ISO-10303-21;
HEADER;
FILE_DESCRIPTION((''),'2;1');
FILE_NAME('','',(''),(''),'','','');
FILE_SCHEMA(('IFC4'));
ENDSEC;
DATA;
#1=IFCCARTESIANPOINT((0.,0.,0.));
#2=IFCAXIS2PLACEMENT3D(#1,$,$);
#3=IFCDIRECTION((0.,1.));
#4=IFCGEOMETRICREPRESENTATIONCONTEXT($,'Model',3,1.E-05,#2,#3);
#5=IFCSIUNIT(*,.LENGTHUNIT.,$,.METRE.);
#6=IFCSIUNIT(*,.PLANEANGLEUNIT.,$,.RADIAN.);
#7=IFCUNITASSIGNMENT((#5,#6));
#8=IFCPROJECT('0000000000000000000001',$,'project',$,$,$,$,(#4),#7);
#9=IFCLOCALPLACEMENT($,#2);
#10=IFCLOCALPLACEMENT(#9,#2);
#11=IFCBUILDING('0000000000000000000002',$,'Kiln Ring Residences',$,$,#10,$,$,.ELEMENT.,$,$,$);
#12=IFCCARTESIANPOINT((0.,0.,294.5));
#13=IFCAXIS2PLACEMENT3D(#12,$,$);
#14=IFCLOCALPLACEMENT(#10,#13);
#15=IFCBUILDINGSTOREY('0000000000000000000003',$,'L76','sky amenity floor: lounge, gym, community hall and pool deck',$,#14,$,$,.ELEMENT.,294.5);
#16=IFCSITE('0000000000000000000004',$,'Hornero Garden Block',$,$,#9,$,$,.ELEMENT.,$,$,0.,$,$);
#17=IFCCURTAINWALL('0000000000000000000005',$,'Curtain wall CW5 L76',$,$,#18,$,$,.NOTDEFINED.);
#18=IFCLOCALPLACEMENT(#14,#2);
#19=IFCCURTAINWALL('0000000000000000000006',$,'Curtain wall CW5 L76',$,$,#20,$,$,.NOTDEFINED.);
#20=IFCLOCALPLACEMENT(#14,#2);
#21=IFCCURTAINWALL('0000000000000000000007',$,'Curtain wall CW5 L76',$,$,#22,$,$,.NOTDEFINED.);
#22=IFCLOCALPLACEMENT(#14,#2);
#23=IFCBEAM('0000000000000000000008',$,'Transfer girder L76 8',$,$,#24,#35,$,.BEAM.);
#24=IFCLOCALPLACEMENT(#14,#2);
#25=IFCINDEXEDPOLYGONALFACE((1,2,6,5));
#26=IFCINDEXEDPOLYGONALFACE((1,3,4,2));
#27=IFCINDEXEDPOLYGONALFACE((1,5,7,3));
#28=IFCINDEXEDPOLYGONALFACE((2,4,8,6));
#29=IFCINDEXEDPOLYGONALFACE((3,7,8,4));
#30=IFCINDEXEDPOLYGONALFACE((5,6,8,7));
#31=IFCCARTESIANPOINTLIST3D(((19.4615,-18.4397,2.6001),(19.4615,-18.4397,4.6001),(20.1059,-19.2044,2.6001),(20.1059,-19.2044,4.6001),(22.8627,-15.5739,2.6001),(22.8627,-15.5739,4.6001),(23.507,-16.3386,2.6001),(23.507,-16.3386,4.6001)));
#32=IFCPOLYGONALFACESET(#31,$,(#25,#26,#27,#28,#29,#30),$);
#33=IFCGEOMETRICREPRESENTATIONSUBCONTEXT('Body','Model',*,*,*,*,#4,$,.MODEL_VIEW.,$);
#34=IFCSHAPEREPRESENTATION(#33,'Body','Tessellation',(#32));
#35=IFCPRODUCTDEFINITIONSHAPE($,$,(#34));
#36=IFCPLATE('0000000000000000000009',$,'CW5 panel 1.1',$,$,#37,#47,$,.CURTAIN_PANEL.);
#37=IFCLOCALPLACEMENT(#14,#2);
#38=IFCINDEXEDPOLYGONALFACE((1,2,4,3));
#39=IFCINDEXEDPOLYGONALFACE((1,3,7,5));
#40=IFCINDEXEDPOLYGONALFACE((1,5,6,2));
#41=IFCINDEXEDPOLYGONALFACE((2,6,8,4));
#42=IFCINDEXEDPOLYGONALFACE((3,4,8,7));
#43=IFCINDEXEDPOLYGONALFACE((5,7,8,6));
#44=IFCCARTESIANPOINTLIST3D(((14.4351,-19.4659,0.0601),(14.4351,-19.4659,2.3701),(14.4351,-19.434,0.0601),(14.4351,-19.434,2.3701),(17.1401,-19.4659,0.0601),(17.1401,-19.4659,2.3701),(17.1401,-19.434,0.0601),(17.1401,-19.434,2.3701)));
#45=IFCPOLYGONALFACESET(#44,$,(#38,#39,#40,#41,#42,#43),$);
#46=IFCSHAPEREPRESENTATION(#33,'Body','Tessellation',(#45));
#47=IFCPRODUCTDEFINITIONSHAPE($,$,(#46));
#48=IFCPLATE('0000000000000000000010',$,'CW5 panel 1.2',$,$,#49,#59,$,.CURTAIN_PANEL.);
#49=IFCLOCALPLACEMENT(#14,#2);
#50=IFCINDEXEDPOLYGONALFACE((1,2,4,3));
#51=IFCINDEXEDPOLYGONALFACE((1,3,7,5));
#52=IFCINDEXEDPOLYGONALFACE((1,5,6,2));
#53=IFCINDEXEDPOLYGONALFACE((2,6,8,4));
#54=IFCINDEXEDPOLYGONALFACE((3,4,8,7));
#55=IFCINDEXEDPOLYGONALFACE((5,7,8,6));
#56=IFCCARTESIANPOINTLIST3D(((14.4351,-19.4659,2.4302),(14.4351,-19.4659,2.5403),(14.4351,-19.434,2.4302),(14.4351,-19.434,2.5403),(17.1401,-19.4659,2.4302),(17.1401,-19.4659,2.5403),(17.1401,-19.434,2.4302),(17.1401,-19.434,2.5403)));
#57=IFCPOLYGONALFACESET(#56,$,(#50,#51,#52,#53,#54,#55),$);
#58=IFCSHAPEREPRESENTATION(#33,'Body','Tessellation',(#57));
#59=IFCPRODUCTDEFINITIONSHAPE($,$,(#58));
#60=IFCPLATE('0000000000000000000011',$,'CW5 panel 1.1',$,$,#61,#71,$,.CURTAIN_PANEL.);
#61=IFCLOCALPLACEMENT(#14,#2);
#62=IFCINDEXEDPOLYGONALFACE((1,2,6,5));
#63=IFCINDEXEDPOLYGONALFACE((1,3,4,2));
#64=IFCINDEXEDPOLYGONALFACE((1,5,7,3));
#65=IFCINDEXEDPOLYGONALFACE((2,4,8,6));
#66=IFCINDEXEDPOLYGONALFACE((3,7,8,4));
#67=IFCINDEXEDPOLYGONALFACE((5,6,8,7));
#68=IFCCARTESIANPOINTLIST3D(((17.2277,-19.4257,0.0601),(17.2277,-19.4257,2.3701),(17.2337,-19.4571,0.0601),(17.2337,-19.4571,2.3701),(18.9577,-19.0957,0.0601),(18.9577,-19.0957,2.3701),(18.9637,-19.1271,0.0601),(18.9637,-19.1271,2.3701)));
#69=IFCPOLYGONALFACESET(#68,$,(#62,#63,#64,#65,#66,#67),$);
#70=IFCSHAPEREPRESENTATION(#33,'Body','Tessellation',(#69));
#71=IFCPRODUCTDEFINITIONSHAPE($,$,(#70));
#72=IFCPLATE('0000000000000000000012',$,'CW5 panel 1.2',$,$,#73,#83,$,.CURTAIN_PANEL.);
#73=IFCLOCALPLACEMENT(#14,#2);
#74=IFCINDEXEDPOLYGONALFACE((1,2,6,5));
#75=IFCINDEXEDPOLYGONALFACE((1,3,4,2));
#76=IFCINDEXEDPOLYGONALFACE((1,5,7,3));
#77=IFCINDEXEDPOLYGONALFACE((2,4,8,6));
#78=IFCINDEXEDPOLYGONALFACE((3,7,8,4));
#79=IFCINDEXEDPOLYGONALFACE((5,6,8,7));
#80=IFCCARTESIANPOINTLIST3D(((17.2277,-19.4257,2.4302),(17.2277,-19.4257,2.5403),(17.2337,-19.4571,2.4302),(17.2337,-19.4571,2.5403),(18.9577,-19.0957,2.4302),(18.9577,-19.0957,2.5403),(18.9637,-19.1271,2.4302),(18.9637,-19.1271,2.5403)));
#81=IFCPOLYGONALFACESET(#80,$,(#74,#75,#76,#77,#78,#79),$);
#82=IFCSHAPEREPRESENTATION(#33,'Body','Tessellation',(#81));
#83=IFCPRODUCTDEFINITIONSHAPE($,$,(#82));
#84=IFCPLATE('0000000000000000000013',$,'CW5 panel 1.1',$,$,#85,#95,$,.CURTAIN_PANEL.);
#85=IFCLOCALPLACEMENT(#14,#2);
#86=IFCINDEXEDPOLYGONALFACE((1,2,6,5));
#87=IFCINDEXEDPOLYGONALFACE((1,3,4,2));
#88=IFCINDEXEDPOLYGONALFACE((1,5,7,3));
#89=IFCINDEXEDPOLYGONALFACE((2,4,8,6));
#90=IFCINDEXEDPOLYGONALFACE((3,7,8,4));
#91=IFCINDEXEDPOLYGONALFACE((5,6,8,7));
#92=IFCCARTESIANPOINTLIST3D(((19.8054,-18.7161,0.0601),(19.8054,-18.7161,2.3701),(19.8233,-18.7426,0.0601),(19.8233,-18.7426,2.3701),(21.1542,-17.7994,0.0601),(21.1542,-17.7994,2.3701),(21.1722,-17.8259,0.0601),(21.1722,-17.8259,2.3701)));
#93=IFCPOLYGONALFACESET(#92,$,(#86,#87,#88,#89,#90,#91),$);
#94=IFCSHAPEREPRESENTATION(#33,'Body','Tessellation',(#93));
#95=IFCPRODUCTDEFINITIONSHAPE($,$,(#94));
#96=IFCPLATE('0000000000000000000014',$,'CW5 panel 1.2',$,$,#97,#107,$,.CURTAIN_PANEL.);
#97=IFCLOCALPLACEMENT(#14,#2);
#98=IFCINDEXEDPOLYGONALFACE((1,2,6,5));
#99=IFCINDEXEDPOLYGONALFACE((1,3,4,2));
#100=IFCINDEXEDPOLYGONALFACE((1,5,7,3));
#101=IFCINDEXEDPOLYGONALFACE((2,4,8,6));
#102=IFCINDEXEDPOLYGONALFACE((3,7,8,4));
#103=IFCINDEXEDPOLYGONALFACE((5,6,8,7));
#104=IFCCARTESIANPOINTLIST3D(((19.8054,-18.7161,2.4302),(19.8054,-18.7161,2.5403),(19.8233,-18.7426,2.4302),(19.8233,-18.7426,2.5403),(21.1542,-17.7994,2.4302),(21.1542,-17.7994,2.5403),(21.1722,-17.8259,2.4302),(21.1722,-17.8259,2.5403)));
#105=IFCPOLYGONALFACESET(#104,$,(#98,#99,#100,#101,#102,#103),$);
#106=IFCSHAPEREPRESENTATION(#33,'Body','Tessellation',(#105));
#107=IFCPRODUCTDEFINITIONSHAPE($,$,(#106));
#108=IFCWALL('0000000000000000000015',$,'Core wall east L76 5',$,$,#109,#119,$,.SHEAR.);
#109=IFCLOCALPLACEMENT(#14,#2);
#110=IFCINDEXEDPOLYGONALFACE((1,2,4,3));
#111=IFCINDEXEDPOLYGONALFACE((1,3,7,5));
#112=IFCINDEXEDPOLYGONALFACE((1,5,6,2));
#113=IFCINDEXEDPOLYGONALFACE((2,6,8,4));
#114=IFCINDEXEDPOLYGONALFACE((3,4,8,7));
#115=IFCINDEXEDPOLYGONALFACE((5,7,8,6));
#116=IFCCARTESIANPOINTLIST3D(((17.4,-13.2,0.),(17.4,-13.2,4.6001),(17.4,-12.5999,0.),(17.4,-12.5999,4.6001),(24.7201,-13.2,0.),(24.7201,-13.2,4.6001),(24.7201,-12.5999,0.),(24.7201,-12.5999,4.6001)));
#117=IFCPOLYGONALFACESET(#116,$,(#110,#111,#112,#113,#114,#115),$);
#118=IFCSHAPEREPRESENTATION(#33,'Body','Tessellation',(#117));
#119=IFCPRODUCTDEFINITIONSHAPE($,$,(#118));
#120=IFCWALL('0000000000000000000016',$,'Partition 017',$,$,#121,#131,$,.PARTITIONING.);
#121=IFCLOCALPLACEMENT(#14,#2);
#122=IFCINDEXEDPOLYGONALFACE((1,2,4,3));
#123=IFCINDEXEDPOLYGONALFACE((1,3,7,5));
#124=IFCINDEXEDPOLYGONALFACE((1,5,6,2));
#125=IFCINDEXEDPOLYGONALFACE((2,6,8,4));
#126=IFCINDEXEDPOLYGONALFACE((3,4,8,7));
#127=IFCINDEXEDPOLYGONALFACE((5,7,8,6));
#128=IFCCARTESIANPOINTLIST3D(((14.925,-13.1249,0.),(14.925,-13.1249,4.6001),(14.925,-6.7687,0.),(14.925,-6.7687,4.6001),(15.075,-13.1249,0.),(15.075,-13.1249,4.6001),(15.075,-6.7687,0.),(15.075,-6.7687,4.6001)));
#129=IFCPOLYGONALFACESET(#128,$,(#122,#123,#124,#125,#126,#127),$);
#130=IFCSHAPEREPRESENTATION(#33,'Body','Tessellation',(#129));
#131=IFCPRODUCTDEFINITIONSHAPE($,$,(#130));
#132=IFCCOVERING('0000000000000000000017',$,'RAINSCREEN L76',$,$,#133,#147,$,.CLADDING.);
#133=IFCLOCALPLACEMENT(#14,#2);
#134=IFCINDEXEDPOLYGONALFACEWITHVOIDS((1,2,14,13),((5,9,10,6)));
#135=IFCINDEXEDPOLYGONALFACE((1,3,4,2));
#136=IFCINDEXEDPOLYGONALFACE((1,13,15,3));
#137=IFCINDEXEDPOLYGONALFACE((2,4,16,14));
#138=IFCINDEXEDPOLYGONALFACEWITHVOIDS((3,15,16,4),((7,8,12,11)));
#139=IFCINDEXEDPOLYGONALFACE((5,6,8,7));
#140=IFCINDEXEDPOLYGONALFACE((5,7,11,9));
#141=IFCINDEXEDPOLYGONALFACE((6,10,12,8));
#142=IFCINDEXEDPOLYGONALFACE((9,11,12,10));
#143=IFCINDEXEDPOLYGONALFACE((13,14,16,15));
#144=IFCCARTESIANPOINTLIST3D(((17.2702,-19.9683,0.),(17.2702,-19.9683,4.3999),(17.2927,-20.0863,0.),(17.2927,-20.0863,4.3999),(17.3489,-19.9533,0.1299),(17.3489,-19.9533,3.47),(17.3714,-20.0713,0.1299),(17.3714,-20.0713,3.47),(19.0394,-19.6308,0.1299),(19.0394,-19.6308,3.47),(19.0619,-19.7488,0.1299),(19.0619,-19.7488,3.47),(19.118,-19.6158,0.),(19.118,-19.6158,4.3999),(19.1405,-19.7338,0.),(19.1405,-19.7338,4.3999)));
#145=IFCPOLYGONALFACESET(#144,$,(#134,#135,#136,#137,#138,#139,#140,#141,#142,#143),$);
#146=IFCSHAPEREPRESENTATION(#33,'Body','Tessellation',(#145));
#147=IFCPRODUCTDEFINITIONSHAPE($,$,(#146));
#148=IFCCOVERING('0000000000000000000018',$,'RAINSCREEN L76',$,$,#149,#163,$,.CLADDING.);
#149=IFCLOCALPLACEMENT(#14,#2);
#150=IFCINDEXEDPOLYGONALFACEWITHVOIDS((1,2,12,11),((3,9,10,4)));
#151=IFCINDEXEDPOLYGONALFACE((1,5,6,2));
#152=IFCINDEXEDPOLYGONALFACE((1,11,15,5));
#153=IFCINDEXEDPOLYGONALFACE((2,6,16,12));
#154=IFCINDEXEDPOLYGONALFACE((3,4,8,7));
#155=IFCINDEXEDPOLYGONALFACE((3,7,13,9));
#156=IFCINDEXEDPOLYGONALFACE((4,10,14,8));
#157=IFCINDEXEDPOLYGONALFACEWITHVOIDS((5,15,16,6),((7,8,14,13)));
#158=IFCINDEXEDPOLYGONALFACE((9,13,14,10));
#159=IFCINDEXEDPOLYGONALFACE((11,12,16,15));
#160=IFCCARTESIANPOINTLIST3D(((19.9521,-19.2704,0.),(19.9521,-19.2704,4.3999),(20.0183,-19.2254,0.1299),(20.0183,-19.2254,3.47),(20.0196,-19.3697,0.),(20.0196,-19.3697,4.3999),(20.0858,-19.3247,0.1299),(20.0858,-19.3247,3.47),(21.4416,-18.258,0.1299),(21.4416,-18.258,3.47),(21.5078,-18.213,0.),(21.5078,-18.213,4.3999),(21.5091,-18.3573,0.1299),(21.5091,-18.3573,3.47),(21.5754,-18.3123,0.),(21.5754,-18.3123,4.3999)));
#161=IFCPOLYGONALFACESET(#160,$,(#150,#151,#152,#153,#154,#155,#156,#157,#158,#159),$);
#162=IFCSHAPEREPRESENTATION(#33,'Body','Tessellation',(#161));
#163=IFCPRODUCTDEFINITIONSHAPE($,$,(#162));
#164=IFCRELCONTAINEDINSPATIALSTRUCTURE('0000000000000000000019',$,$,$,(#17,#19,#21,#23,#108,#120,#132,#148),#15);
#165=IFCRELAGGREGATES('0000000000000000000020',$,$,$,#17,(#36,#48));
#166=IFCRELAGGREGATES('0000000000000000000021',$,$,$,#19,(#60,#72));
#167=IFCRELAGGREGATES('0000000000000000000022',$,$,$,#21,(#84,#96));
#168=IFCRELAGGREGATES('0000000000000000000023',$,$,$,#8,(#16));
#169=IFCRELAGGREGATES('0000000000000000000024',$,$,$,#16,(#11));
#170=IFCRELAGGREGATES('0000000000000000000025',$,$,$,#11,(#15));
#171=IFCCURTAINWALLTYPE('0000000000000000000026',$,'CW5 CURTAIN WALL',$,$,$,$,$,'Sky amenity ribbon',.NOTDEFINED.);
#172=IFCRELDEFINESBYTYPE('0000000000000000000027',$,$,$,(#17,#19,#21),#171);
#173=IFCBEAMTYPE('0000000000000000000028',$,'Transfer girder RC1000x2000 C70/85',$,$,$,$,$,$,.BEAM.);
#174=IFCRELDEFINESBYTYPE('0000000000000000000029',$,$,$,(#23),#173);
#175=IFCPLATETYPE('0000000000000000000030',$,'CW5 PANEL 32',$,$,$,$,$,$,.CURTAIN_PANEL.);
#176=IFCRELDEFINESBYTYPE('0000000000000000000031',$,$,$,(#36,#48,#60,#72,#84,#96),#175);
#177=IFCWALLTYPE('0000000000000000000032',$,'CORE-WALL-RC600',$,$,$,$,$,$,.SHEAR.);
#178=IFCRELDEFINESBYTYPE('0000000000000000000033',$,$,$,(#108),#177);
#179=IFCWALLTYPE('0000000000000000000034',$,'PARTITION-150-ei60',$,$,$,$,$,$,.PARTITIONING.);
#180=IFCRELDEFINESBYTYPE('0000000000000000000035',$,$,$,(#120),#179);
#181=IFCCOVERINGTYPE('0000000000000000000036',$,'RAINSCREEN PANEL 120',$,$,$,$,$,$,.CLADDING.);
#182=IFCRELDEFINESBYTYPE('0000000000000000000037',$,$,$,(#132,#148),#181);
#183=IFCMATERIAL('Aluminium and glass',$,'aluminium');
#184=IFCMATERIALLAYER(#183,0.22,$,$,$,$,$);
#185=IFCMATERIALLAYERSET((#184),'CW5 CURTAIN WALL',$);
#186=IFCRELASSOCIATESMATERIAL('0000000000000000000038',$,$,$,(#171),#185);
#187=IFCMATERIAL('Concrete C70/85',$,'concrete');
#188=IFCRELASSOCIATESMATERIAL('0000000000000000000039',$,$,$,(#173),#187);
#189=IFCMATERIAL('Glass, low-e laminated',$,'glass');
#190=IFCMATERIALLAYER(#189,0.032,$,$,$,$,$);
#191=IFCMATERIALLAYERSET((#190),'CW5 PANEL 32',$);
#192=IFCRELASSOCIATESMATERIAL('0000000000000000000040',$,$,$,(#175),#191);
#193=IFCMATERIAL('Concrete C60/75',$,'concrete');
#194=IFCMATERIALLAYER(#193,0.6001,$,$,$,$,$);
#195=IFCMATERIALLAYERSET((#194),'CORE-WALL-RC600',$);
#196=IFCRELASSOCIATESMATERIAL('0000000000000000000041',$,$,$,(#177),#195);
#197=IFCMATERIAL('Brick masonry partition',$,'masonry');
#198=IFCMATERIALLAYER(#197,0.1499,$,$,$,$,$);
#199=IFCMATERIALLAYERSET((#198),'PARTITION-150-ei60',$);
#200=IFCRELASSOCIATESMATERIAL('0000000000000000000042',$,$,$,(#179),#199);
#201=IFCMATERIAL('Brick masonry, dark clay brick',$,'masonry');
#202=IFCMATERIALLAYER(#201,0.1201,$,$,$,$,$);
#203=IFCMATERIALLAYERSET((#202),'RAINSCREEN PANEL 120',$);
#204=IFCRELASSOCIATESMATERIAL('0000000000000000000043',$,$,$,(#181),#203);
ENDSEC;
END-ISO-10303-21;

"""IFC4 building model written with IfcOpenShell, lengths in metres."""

from ifc_helpers import new_model, si_unit, direction, frame, frame_2d, origin, origin_2d, place, context, subcontext, project, spatial, polyline, rectangle, outline, extrude, material, layer, layer_set, material_profile, profile_set, type_object, element, aggregate, save


model = new_model("IFC4")

# Units and contexts
model_context = context("Model", 3, precision=1e-05, world=origin(), true_north=direction((0.0, 1.0)))
body_context = subcontext(model_context, "Body", "Model", "MODEL_VIEW")
ifc_project = project(units=[si_unit("LENGTHUNIT", "METRE"), si_unit("PLANEANGLEUNIT", "RADIAN")], contexts=[model_context])

# Site, building, storey
site_placement = place(None, origin())
site = spatial("IfcSite", under=ifc_project, at=site_placement, Name="Hornero Garden Block", CompositionType="ELEMENT", RefElevation=0.0)
building_placement = place(site_placement, origin())
building = spatial("IfcBuilding", under=site, at=building_placement, Name="Kiln Ring Residences", CompositionType="ELEMENT")
storey_placement = place(building_placement, frame((0.0, 0.0, 294.5)))
storey = spatial("IfcBuildingStorey", under=building, at=storey_placement, Name="L76", Description="sky amenity floor: lounge, gym, community hall and pool deck", CompositionType="ELEMENT", Elevation=294.5)

# Curtain wall
ifc_material_1 = material(Name="Aluminium and glass", Category="aluminium")
ifc_layer_1 = layer(ifc_material_1, 0.22)
ifc_layer_set_1 = layer_set([ifc_layer_1], Name="CW5 CURTAIN WALL")
curtain_wall_type = type_object("IfcCurtainWallType", Name="CW5 CURTAIN WALL", ElementType="Sky amenity ribbon", PredefinedType="NOTDEFINED", material=ifc_layer_set_1)
placement = place(storey_placement, origin())
curtain_wall_1 = element("IfcCurtainWall", 1, at=placement, inside=storey, type_object=curtain_wall_type, Name="Curtain wall CW5 L76", PredefinedType="NOTDEFINED")

# Curtain wall
curtain_wall_2 = element("IfcCurtainWall", 2, at=placement, inside=storey, type_object=curtain_wall_type, Name="Curtain wall CW5 L76", PredefinedType="NOTDEFINED")

# Curtain wall
curtain_wall_3 = element("IfcCurtainWall", 3, at=placement, inside=storey, type_object=curtain_wall_type, Name="Curtain wall CW5 L76", PredefinedType="NOTDEFINED")

# Beam
ifc_material_2 = material(Name="Concrete C70/85", Category="concrete")
ifc_material_profile_1 = material_profile(ifc_material_2, rectangle(XDim=1.0, YDim=2.0, at=origin_2d()), Name="RC1000x2000")
ifc_profile_set_1 = profile_set([ifc_material_profile_1], Name="Concrete C70/85")
beam_type = type_object("IfcBeamType", Name="Transfer girder RC1000x2000 C70/85", PredefinedType="BEAM", material=ifc_profile_set_1)
beam_placement = place(storey_placement, frame((19.7837, -18.822, 3.6001), z_axis=(0.764732, 0.644349, 0.0), x_axis=(-0.644349, 0.764732, 0.0)))
element("IfcBeam", 4, at=beam_placement, inside=storey, type_object=beam_type, Name="Transfer girder L76 8", PredefinedType="BEAM", context=body_context, shape_type="SweptSolid", body=[
    extrude(rectangle(XDim=1.0, YDim=2.0, at=origin_2d()), origin(), (0.0, 0.0, 1.0), 4.4475),
])

# Plates
ifc_material_3 = material(Name="Glass, low-e laminated", Category="glass")
ifc_layer_2 = layer(ifc_material_3, 0.032)
ifc_layer_set_2 = layer_set([ifc_layer_2], Name="CW5 PANEL 32")
plate_type = type_object("IfcPlateType", Name="CW5 PANEL 32", PredefinedType="CURTAIN_PANEL", material=ifc_layer_set_2)
plate_1_placement = place(storey_placement, frame((15.7876, -19.45, 0.0601), z_axis=(0.0, 0.0, 1.0), x_axis=(1.0, 0.0, 0.0)))
plate_1 = element("IfcPlate", 5, at=plate_1_placement, type_object=plate_type, Name="CW5 panel 1.1", PredefinedType="CURTAIN_PANEL", context=body_context, shape_type="SweptSolid", body=[
    extrude(rectangle(XDim=2.7051, YDim=0.032, at=origin_2d()), origin(), (0.0, 0.0, 1.0), 2.3101),
])
plate_2_placement = place(storey_placement, frame((15.7876, -19.45, 2.4302), z_axis=(0.0, 0.0, 1.0), x_axis=(1.0, 0.0, 0.0)))
plate_2 = element("IfcPlate", 6, at=plate_2_placement, type_object=plate_type, Name="CW5 panel 1.2", PredefinedType="CURTAIN_PANEL", context=body_context, shape_type="SweptSolid", body=[
    extrude(rectangle(XDim=2.7051, YDim=0.032, at=origin_2d()), origin(), (0.0, 0.0, 1.0), 0.1101),
])
aggregate(curtain_wall_1, [plate_1, plate_2])
plate_3_placement = place(storey_placement, frame((18.0957, -19.2764, 0.0601), z_axis=(0.0, 0.0, 1.0), x_axis=(0.98229, 0.187366, 0.0)))
plate_3 = element("IfcPlate", 7, at=plate_3_placement, type_object=plate_type, Name="CW5 panel 1.1", PredefinedType="CURTAIN_PANEL", context=body_context, shape_type="SweptSolid", body=[
    extrude(rectangle(XDim=1.7612, YDim=0.032, at=origin_2d()), origin(), (0.0, 0.0, 1.0), 2.3101),
])
plate_4_placement = place(storey_placement, frame((18.0957, -19.2764, 2.4302), z_axis=(0.0, 0.0, 1.0), x_axis=(0.98229, 0.187366, 0.0)))
plate_4 = element("IfcPlate", 8, at=plate_4_placement, type_object=plate_type, Name="CW5 panel 1.2", PredefinedType="CURTAIN_PANEL", context=body_context, shape_type="SweptSolid", body=[
    extrude(rectangle(XDim=1.7612, YDim=0.032, at=origin_2d()), origin(), (0.0, 0.0, 1.0), 0.1101),
])
aggregate(curtain_wall_2, [plate_3, plate_4])
plate_5_placement = place(storey_placement, frame((20.4888, -18.271, 0.0601), z_axis=(0.0, 0.0, 1.0), x_axis=(0.827072, 0.562097, 0.0)))
plate_5 = element("IfcPlate", 9, at=plate_5_placement, type_object=plate_type, Name="CW5 panel 1.1", PredefinedType="CURTAIN_PANEL", context=body_context, shape_type="SweptSolid", body=[
    extrude(rectangle(XDim=1.6309, YDim=0.032, at=origin_2d()), origin(), (0.0, 0.0, 1.0), 2.3101),
])
plate_6_placement = place(storey_placement, frame((20.4888, -18.271, 2.4302), z_axis=(0.0, 0.0, 1.0), x_axis=(0.827072, 0.562097, 0.0)))
plate_6 = element("IfcPlate", 10, at=plate_6_placement, type_object=plate_type, Name="CW5 panel 1.2", PredefinedType="CURTAIN_PANEL", context=body_context, shape_type="SweptSolid", body=[
    extrude(rectangle(XDim=1.6309, YDim=0.032, at=origin_2d()), origin(), (0.0, 0.0, 1.0), 0.1101),
])
aggregate(curtain_wall_3, [plate_5, plate_6])

# Walls
ifc_material_4 = material(Name="Concrete C60/75", Category="concrete")
ifc_layer_3 = layer(ifc_material_4, 0.6001)
ifc_layer_set_3 = layer_set([ifc_layer_3], Name="CORE-WALL-RC600")
wall_type_1 = type_object("IfcWallType", Name="CORE-WALL-RC600", PredefinedType="SHEAR", material=ifc_layer_set_3)
wall_1_placement = place(storey_placement, frame((17.3999, -12.8999, 0.0), z_axis=(0.0, 0.0, 1.0), x_axis=(1.0, 0.0, 0.0)))
element("IfcWall", 11, at=wall_1_placement, inside=storey, type_object=wall_type_1, Name="Core wall east L76 5", PredefinedType="SHEAR", context=body_context, shape_type="SweptSolid", body=[
    extrude(rectangle(XDim=7.3201, YDim=0.6001, at=frame_2d((3.6602, 0.0))), origin(), (0.0, 0.0, 1.0), 4.6001),
])
ifc_material_5 = material(Name="Brick masonry partition", Category="masonry")
ifc_layer_4 = layer(ifc_material_5, 0.1499)
ifc_layer_set_4 = layer_set([ifc_layer_4], Name="PARTITION-150-ei60")
wall_type_2 = type_object("IfcWallType", Name="PARTITION-150-ei60", PredefinedType="PARTITIONING", material=ifc_layer_set_4)
wall_2_placement = place(storey_placement, frame((15.0, -13.125, 0.0), z_axis=(0.0, 0.0, 1.0), x_axis=(0.0, 1.0, 0.0)))
element("IfcWall", 12, at=wall_2_placement, inside=storey, type_object=wall_type_2, Name="Partition 017", PredefinedType="PARTITIONING", context=body_context, shape_type="SweptSolid", body=[
    extrude(rectangle(XDim=6.3562, YDim=0.1499, at=frame_2d((3.1782, 0.0))), origin(), (0.0, 0.0, 1.0), 4.6001),
])

# Coverings
ifc_material_6 = material(Name="Brick masonry, dark clay brick", Category="masonry")
ifc_layer_5 = layer(ifc_material_6, 0.1201)
ifc_layer_set_5 = layer_set([ifc_layer_5], Name="RAINSCREEN PANEL 120")
covering_type = type_object("IfcCoveringType", Name="RAINSCREEN PANEL 120", PredefinedType="CLADDING", material=ifc_layer_set_5)
for number, where, z_axis, x_axis, name in (
    (13, (17.2815, -20.0273, 0.0), (0.0, 0.0, 1.0), (0.982284, 0.187398, 0.0), "RAINSCREEN L76"),
    (14, (19.9858, -19.3201, 0.0), (0.0, 0.0, 1.0), (0.827045, 0.562136, 0.0), "RAINSCREEN L76"),
):
    element("IfcCovering", number, at=place(storey_placement, frame(where, z_axis=z_axis, x_axis=x_axis)), inside=storey, type_object=covering_type, Name=name, PredefinedType="CLADDING", context=body_context, shape_type="SweptSolid", body=[
        extrude(outline(polyline([(0.0, 0.0), (1.8811, 0.0), (1.8811, 4.3999), (0.0, 4.3999), (0.0, 0.0)]), holes=[polyline([(0.0801, 3.47), (0.0801, 0.1299), (1.801, 0.1299), (1.801, 3.47), (0.0801, 3.47)])]), frame((0.0, 0.0601, 0.0), z_axis=(0.0, -1.0, 0.0), x_axis=(1.0, 0.0, 0.0)), (0.0, 0.0, 1.0), 0.1201),
    ])

save(model, "model.ifc")
